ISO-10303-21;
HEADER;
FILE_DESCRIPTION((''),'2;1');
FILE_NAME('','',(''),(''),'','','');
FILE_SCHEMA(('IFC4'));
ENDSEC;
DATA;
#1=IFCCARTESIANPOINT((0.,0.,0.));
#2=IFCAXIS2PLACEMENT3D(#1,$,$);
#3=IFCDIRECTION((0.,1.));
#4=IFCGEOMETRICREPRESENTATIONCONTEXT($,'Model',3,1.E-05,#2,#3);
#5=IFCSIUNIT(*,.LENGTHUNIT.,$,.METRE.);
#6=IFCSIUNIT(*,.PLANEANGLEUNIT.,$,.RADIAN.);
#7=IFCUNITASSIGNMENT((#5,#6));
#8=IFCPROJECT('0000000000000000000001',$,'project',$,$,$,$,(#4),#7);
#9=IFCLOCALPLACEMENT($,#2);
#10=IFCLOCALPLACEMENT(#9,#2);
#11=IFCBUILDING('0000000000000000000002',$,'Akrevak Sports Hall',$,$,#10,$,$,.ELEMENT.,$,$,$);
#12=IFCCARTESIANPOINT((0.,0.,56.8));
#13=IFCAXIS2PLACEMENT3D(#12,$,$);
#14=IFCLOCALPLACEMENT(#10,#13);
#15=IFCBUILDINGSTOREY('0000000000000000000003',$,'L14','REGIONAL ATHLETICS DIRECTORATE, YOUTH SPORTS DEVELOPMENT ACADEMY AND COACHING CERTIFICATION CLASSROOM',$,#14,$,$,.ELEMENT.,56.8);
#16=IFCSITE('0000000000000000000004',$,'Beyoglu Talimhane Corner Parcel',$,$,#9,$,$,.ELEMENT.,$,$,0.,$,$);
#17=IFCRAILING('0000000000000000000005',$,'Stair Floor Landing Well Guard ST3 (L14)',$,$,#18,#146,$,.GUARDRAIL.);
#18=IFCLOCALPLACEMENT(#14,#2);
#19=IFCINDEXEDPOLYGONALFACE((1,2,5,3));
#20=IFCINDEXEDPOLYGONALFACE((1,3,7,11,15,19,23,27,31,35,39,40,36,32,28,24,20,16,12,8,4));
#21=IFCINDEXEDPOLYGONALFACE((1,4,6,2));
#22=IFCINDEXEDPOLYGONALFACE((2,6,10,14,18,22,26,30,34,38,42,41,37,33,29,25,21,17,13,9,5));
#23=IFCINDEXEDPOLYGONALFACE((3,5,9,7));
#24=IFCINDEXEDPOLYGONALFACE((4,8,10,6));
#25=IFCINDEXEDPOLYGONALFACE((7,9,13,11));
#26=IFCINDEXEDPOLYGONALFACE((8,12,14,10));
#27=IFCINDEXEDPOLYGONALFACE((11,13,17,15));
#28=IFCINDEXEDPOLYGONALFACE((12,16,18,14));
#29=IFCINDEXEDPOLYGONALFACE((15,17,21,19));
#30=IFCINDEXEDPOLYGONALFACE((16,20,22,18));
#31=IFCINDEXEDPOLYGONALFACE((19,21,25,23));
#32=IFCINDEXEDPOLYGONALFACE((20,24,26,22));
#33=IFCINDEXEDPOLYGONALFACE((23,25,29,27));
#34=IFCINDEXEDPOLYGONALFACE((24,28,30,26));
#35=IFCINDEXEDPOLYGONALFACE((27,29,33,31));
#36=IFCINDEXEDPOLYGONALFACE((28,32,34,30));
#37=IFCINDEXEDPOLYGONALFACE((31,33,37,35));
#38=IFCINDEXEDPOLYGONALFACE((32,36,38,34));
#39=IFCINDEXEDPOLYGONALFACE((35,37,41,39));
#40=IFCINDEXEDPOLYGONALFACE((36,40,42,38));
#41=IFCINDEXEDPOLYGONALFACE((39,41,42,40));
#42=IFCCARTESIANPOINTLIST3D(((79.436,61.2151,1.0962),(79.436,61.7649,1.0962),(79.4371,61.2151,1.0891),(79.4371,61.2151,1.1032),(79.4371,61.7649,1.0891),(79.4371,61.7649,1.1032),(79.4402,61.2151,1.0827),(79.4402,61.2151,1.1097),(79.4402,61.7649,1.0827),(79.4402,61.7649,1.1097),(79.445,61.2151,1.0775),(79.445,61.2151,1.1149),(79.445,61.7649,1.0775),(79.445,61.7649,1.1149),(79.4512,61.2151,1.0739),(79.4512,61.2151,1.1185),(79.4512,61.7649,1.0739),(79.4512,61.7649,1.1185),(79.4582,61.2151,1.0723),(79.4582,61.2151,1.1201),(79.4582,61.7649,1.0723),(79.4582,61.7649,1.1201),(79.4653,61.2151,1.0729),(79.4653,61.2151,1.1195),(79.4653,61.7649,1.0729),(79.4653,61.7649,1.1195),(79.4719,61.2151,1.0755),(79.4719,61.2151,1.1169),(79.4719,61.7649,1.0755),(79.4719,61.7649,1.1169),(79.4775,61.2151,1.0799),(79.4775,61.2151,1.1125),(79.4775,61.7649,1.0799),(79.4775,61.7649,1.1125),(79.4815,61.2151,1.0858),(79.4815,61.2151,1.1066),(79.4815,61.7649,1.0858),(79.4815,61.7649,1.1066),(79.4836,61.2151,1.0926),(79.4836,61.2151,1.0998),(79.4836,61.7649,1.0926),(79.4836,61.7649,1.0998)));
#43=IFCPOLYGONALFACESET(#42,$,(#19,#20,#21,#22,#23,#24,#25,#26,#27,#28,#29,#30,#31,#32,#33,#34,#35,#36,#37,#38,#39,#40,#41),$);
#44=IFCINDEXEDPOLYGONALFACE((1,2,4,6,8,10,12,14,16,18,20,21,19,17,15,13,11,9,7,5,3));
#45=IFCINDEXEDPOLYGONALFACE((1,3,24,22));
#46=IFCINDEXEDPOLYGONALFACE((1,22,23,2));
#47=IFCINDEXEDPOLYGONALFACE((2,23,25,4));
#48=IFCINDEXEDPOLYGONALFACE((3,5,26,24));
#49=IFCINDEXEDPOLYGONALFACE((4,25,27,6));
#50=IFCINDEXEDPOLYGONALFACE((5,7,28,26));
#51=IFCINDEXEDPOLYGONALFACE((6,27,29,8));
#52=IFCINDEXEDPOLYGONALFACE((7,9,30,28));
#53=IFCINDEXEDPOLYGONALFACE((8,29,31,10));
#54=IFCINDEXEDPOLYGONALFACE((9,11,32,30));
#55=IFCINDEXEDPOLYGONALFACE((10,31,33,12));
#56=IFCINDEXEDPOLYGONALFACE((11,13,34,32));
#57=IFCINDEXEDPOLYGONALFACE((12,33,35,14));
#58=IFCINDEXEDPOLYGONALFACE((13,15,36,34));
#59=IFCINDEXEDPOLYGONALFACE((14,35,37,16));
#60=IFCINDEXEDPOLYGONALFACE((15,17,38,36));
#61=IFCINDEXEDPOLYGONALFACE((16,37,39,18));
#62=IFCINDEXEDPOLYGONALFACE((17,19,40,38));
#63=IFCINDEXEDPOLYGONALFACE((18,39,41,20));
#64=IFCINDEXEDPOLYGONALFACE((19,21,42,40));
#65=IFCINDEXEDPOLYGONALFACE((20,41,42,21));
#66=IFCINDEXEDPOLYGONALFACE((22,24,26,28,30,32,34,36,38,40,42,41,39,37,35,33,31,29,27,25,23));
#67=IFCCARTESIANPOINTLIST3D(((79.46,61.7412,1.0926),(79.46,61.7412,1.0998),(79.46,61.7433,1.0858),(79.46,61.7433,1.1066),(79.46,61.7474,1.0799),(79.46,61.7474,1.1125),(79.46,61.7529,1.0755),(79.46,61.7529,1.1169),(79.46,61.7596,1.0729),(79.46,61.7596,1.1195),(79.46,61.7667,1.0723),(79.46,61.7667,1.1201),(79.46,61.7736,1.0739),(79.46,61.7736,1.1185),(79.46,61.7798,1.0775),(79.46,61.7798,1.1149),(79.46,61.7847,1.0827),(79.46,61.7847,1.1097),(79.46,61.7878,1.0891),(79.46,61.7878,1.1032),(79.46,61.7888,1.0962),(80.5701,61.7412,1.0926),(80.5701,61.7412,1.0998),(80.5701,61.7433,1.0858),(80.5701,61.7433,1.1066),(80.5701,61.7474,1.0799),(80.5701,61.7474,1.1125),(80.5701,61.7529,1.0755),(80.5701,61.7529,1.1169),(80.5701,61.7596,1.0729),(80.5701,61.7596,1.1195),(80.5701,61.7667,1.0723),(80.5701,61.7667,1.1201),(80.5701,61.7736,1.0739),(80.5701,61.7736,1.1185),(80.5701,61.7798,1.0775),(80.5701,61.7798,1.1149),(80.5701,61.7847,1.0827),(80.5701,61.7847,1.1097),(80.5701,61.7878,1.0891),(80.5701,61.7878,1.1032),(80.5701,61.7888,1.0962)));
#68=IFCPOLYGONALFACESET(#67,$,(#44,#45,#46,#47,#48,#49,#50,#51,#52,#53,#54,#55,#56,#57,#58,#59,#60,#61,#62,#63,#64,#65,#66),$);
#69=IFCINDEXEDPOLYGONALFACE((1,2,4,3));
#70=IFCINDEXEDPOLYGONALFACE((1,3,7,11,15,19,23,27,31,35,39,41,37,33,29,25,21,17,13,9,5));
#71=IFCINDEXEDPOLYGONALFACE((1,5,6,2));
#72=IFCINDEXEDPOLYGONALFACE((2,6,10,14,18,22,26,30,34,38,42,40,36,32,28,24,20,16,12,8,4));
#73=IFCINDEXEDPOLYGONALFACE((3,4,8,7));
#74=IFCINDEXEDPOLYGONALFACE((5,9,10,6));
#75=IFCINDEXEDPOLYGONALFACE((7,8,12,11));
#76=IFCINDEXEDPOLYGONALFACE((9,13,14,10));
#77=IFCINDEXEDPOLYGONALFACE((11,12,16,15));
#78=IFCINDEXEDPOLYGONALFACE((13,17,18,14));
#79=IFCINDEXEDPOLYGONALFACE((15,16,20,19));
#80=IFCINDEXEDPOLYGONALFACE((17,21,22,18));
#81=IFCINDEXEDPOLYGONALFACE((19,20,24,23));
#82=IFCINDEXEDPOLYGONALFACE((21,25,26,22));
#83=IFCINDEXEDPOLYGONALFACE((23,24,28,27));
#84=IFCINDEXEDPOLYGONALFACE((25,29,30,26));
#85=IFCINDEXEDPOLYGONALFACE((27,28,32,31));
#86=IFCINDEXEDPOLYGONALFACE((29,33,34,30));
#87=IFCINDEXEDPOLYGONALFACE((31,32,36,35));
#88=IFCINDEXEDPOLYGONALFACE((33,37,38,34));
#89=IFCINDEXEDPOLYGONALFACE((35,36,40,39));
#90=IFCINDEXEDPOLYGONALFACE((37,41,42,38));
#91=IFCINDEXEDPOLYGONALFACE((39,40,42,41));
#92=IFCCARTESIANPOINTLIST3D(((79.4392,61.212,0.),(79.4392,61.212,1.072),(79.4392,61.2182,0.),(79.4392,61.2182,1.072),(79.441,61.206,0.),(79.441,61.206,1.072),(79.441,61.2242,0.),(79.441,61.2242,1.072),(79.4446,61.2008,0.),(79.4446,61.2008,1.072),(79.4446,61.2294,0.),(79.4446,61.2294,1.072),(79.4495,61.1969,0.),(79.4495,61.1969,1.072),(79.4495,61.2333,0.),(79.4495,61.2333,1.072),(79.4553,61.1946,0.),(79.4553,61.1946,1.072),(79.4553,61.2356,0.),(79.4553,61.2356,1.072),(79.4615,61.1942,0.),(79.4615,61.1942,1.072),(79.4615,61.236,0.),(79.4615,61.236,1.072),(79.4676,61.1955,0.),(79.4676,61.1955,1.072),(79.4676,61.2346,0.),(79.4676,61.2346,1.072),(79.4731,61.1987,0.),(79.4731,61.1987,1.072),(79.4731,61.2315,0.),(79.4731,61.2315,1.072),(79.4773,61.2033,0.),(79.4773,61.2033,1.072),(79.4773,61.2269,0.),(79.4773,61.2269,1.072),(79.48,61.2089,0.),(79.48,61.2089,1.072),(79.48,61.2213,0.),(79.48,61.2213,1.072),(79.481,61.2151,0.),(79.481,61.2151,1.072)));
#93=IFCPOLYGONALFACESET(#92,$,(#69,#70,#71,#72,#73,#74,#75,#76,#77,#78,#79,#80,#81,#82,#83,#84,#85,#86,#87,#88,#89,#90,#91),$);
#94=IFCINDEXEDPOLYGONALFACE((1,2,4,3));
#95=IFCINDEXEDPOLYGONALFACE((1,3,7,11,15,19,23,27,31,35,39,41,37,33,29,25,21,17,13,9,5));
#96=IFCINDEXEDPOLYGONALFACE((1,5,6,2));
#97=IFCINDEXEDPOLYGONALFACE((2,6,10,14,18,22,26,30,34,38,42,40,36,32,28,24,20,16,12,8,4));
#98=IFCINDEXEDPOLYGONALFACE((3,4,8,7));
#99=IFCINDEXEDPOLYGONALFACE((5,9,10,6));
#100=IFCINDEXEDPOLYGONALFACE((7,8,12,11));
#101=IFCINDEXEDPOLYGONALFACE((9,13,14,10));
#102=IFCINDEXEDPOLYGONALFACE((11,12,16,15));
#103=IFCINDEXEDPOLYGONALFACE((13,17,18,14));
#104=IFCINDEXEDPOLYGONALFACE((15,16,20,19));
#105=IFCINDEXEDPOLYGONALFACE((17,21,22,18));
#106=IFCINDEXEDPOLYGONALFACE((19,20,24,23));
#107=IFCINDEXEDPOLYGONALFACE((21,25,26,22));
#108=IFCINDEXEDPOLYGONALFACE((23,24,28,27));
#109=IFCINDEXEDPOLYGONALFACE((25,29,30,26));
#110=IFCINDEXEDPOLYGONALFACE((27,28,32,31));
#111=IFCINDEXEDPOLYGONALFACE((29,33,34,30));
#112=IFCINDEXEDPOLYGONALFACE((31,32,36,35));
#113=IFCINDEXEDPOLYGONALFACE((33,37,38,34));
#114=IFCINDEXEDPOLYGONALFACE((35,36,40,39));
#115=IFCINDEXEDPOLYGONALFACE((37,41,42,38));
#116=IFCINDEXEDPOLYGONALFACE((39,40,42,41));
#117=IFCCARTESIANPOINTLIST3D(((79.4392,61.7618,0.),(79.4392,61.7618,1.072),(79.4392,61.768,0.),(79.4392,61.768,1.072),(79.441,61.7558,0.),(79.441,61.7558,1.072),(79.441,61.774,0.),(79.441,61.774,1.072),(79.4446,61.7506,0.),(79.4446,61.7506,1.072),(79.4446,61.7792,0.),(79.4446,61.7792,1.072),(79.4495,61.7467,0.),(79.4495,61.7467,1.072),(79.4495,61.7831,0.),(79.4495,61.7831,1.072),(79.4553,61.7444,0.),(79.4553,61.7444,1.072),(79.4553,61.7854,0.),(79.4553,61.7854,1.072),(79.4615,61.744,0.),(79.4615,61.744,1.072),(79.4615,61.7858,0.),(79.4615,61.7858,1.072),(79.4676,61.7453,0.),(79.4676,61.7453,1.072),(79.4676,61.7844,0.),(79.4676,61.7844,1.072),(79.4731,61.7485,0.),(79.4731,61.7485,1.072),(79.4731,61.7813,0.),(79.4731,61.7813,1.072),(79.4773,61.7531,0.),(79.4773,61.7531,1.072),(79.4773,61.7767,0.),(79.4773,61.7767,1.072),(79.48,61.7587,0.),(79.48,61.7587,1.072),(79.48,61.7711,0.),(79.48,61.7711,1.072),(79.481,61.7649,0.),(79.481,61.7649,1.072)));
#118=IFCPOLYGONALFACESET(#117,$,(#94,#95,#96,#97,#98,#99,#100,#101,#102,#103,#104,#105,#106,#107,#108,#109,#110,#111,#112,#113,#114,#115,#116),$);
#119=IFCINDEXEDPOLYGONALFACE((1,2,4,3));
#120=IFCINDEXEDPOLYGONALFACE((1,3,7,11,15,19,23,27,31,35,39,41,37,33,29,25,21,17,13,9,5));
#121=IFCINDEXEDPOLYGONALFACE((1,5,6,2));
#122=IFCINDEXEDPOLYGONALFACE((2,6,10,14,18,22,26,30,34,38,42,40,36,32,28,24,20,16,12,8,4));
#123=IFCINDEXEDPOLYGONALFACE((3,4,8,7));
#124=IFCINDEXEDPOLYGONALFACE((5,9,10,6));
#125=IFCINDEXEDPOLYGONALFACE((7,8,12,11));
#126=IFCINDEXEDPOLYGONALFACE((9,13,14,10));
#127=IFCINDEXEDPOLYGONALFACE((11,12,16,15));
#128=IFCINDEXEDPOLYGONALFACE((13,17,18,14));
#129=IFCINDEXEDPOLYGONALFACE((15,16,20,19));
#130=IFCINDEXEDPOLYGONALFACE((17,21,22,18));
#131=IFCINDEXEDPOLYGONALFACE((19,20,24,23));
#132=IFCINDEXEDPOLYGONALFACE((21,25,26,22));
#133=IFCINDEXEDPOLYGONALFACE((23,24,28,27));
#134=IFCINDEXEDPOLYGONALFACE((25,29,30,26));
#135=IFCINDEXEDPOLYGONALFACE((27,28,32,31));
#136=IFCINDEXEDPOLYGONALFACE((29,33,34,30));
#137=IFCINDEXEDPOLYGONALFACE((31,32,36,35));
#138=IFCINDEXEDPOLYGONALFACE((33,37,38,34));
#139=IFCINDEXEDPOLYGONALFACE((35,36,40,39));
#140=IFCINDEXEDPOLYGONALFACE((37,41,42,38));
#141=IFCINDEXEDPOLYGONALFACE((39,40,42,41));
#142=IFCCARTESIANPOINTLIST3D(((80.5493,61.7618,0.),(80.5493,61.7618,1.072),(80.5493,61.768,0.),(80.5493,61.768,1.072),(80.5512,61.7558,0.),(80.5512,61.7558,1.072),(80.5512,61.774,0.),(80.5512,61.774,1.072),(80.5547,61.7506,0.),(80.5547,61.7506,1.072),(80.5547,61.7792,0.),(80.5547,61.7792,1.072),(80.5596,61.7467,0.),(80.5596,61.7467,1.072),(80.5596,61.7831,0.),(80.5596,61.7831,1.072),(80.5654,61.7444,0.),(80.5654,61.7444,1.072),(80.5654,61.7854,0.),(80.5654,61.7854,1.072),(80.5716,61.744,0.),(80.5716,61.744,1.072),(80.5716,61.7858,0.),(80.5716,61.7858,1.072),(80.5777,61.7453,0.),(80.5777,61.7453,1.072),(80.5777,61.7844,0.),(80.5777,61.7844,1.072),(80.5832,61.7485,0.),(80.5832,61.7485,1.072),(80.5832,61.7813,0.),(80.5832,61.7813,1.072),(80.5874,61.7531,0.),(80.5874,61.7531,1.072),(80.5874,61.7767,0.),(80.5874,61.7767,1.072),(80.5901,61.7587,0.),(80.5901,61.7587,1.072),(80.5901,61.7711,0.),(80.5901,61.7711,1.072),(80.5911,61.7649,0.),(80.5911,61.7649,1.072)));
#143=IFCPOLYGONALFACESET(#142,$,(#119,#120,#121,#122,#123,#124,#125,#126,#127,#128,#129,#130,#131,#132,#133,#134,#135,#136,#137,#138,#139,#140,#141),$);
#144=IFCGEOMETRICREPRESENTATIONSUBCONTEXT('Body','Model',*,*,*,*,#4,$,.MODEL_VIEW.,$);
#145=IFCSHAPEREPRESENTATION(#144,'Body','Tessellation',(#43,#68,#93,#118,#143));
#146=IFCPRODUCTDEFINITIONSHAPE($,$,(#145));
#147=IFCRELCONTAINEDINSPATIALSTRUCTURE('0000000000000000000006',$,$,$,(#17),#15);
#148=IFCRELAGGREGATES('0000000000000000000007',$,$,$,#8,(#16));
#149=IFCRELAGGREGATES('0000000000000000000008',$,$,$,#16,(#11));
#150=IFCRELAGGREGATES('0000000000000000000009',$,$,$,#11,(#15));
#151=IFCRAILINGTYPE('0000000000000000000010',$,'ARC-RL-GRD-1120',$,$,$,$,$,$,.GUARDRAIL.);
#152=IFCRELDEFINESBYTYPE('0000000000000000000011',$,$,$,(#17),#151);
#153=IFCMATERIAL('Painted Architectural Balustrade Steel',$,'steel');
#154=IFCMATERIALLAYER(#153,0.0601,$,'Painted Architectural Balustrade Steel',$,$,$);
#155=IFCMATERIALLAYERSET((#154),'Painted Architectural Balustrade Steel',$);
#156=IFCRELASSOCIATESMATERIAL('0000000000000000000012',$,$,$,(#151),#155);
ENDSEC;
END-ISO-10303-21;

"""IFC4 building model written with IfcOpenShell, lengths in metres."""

from ifc_helpers import new_model, si_unit, direction, frame, origin, origin_2d, place, context, subcontext, project, spatial, circle, extrude, material, layer, layer_set, type_object, element, save


model = new_model("IFC4")

# Units and contexts
model_context = context("Model", 3, precision=1e-05, world=origin(), true_north=direction((0.0, 1.0)))
body_context = subcontext(model_context, "Body", "Model", "MODEL_VIEW")
ifc_project = project(units=[si_unit("LENGTHUNIT", "METRE"), si_unit("PLANEANGLEUNIT", "RADIAN")], contexts=[model_context])

# Site, building, storey
site_placement = place(None, origin())
site = spatial("IfcSite", under=ifc_project, at=site_placement, Name="Beyoglu Talimhane Corner Parcel", CompositionType="ELEMENT", RefElevation=0.0)
building_placement = place(site_placement, origin())
building = spatial("IfcBuilding", under=site, at=building_placement, Name="Akrevak Sports Hall", CompositionType="ELEMENT")
storey_placement = place(building_placement, frame((0.0, 0.0, 56.8)))
storey = spatial("IfcBuildingStorey", under=building, at=storey_placement, Name="L14", Description="REGIONAL ATHLETICS DIRECTORATE, YOUTH SPORTS DEVELOPMENT ACADEMY AND COACHING CERTIFICATION CLASSROOM", CompositionType="ELEMENT", Elevation=56.8)

# Railing
ifc_material_1 = material(Name="Painted Architectural Balustrade Steel", Category="steel")
ifc_layer_1 = layer(ifc_material_1, 0.0601, Name="Painted Architectural Balustrade Steel")
ifc_layer_set_1 = layer_set([ifc_layer_1], Name="Painted Architectural Balustrade Steel")
railing_type_1 = type_object("IfcRailingType", Name="ARC-RL-GRD-1120", PredefinedType="GUARDRAIL", material=ifc_layer_set_1)
railing_1_placement = place(storey_placement, frame((79.46, 61.2151, 0.0)))
element("IfcRailing", 1, at=railing_1_placement, inside=storey, type_object=railing_type_1, Name="Stair Floor Landing Well Guard ST3 (L14)", PredefinedType="GUARDRAIL", context=body_context, shape_type="SweptSolid", body=[
    extrude(circle(Radius=0.0239, at=origin_2d()), frame((0.0, 0.0, 1.0962), z_axis=(0.0, 1.0, 0.0), x_axis=(-1.0, 0.0, 0.0)), (0.0, 0.0, 1.0), 0.5498),
    extrude(circle(Radius=0.0239, at=origin_2d()), frame((0.0, 0.5498, 1.0962), z_axis=(1.0, 0.0, 0.0), x_axis=(0.0, 1.0, 0.0)), (0.0, 0.0, 1.0), 1.1101),
    extrude(circle(Radius=0.021, at=origin_2d()), origin(), (0.0, 0.0, 1.0), 1.072),
    extrude(circle(Radius=0.021, at=origin_2d()), frame((0.0, 0.5498, 0.0)), (0.0, 0.0, 1.0), 1.072),
    extrude(circle(Radius=0.021, at=origin_2d()), frame((1.1101, 0.5498, 0.0)), (0.0, 0.0, 1.0), 1.072),
])

save(model, "model.ifc")
